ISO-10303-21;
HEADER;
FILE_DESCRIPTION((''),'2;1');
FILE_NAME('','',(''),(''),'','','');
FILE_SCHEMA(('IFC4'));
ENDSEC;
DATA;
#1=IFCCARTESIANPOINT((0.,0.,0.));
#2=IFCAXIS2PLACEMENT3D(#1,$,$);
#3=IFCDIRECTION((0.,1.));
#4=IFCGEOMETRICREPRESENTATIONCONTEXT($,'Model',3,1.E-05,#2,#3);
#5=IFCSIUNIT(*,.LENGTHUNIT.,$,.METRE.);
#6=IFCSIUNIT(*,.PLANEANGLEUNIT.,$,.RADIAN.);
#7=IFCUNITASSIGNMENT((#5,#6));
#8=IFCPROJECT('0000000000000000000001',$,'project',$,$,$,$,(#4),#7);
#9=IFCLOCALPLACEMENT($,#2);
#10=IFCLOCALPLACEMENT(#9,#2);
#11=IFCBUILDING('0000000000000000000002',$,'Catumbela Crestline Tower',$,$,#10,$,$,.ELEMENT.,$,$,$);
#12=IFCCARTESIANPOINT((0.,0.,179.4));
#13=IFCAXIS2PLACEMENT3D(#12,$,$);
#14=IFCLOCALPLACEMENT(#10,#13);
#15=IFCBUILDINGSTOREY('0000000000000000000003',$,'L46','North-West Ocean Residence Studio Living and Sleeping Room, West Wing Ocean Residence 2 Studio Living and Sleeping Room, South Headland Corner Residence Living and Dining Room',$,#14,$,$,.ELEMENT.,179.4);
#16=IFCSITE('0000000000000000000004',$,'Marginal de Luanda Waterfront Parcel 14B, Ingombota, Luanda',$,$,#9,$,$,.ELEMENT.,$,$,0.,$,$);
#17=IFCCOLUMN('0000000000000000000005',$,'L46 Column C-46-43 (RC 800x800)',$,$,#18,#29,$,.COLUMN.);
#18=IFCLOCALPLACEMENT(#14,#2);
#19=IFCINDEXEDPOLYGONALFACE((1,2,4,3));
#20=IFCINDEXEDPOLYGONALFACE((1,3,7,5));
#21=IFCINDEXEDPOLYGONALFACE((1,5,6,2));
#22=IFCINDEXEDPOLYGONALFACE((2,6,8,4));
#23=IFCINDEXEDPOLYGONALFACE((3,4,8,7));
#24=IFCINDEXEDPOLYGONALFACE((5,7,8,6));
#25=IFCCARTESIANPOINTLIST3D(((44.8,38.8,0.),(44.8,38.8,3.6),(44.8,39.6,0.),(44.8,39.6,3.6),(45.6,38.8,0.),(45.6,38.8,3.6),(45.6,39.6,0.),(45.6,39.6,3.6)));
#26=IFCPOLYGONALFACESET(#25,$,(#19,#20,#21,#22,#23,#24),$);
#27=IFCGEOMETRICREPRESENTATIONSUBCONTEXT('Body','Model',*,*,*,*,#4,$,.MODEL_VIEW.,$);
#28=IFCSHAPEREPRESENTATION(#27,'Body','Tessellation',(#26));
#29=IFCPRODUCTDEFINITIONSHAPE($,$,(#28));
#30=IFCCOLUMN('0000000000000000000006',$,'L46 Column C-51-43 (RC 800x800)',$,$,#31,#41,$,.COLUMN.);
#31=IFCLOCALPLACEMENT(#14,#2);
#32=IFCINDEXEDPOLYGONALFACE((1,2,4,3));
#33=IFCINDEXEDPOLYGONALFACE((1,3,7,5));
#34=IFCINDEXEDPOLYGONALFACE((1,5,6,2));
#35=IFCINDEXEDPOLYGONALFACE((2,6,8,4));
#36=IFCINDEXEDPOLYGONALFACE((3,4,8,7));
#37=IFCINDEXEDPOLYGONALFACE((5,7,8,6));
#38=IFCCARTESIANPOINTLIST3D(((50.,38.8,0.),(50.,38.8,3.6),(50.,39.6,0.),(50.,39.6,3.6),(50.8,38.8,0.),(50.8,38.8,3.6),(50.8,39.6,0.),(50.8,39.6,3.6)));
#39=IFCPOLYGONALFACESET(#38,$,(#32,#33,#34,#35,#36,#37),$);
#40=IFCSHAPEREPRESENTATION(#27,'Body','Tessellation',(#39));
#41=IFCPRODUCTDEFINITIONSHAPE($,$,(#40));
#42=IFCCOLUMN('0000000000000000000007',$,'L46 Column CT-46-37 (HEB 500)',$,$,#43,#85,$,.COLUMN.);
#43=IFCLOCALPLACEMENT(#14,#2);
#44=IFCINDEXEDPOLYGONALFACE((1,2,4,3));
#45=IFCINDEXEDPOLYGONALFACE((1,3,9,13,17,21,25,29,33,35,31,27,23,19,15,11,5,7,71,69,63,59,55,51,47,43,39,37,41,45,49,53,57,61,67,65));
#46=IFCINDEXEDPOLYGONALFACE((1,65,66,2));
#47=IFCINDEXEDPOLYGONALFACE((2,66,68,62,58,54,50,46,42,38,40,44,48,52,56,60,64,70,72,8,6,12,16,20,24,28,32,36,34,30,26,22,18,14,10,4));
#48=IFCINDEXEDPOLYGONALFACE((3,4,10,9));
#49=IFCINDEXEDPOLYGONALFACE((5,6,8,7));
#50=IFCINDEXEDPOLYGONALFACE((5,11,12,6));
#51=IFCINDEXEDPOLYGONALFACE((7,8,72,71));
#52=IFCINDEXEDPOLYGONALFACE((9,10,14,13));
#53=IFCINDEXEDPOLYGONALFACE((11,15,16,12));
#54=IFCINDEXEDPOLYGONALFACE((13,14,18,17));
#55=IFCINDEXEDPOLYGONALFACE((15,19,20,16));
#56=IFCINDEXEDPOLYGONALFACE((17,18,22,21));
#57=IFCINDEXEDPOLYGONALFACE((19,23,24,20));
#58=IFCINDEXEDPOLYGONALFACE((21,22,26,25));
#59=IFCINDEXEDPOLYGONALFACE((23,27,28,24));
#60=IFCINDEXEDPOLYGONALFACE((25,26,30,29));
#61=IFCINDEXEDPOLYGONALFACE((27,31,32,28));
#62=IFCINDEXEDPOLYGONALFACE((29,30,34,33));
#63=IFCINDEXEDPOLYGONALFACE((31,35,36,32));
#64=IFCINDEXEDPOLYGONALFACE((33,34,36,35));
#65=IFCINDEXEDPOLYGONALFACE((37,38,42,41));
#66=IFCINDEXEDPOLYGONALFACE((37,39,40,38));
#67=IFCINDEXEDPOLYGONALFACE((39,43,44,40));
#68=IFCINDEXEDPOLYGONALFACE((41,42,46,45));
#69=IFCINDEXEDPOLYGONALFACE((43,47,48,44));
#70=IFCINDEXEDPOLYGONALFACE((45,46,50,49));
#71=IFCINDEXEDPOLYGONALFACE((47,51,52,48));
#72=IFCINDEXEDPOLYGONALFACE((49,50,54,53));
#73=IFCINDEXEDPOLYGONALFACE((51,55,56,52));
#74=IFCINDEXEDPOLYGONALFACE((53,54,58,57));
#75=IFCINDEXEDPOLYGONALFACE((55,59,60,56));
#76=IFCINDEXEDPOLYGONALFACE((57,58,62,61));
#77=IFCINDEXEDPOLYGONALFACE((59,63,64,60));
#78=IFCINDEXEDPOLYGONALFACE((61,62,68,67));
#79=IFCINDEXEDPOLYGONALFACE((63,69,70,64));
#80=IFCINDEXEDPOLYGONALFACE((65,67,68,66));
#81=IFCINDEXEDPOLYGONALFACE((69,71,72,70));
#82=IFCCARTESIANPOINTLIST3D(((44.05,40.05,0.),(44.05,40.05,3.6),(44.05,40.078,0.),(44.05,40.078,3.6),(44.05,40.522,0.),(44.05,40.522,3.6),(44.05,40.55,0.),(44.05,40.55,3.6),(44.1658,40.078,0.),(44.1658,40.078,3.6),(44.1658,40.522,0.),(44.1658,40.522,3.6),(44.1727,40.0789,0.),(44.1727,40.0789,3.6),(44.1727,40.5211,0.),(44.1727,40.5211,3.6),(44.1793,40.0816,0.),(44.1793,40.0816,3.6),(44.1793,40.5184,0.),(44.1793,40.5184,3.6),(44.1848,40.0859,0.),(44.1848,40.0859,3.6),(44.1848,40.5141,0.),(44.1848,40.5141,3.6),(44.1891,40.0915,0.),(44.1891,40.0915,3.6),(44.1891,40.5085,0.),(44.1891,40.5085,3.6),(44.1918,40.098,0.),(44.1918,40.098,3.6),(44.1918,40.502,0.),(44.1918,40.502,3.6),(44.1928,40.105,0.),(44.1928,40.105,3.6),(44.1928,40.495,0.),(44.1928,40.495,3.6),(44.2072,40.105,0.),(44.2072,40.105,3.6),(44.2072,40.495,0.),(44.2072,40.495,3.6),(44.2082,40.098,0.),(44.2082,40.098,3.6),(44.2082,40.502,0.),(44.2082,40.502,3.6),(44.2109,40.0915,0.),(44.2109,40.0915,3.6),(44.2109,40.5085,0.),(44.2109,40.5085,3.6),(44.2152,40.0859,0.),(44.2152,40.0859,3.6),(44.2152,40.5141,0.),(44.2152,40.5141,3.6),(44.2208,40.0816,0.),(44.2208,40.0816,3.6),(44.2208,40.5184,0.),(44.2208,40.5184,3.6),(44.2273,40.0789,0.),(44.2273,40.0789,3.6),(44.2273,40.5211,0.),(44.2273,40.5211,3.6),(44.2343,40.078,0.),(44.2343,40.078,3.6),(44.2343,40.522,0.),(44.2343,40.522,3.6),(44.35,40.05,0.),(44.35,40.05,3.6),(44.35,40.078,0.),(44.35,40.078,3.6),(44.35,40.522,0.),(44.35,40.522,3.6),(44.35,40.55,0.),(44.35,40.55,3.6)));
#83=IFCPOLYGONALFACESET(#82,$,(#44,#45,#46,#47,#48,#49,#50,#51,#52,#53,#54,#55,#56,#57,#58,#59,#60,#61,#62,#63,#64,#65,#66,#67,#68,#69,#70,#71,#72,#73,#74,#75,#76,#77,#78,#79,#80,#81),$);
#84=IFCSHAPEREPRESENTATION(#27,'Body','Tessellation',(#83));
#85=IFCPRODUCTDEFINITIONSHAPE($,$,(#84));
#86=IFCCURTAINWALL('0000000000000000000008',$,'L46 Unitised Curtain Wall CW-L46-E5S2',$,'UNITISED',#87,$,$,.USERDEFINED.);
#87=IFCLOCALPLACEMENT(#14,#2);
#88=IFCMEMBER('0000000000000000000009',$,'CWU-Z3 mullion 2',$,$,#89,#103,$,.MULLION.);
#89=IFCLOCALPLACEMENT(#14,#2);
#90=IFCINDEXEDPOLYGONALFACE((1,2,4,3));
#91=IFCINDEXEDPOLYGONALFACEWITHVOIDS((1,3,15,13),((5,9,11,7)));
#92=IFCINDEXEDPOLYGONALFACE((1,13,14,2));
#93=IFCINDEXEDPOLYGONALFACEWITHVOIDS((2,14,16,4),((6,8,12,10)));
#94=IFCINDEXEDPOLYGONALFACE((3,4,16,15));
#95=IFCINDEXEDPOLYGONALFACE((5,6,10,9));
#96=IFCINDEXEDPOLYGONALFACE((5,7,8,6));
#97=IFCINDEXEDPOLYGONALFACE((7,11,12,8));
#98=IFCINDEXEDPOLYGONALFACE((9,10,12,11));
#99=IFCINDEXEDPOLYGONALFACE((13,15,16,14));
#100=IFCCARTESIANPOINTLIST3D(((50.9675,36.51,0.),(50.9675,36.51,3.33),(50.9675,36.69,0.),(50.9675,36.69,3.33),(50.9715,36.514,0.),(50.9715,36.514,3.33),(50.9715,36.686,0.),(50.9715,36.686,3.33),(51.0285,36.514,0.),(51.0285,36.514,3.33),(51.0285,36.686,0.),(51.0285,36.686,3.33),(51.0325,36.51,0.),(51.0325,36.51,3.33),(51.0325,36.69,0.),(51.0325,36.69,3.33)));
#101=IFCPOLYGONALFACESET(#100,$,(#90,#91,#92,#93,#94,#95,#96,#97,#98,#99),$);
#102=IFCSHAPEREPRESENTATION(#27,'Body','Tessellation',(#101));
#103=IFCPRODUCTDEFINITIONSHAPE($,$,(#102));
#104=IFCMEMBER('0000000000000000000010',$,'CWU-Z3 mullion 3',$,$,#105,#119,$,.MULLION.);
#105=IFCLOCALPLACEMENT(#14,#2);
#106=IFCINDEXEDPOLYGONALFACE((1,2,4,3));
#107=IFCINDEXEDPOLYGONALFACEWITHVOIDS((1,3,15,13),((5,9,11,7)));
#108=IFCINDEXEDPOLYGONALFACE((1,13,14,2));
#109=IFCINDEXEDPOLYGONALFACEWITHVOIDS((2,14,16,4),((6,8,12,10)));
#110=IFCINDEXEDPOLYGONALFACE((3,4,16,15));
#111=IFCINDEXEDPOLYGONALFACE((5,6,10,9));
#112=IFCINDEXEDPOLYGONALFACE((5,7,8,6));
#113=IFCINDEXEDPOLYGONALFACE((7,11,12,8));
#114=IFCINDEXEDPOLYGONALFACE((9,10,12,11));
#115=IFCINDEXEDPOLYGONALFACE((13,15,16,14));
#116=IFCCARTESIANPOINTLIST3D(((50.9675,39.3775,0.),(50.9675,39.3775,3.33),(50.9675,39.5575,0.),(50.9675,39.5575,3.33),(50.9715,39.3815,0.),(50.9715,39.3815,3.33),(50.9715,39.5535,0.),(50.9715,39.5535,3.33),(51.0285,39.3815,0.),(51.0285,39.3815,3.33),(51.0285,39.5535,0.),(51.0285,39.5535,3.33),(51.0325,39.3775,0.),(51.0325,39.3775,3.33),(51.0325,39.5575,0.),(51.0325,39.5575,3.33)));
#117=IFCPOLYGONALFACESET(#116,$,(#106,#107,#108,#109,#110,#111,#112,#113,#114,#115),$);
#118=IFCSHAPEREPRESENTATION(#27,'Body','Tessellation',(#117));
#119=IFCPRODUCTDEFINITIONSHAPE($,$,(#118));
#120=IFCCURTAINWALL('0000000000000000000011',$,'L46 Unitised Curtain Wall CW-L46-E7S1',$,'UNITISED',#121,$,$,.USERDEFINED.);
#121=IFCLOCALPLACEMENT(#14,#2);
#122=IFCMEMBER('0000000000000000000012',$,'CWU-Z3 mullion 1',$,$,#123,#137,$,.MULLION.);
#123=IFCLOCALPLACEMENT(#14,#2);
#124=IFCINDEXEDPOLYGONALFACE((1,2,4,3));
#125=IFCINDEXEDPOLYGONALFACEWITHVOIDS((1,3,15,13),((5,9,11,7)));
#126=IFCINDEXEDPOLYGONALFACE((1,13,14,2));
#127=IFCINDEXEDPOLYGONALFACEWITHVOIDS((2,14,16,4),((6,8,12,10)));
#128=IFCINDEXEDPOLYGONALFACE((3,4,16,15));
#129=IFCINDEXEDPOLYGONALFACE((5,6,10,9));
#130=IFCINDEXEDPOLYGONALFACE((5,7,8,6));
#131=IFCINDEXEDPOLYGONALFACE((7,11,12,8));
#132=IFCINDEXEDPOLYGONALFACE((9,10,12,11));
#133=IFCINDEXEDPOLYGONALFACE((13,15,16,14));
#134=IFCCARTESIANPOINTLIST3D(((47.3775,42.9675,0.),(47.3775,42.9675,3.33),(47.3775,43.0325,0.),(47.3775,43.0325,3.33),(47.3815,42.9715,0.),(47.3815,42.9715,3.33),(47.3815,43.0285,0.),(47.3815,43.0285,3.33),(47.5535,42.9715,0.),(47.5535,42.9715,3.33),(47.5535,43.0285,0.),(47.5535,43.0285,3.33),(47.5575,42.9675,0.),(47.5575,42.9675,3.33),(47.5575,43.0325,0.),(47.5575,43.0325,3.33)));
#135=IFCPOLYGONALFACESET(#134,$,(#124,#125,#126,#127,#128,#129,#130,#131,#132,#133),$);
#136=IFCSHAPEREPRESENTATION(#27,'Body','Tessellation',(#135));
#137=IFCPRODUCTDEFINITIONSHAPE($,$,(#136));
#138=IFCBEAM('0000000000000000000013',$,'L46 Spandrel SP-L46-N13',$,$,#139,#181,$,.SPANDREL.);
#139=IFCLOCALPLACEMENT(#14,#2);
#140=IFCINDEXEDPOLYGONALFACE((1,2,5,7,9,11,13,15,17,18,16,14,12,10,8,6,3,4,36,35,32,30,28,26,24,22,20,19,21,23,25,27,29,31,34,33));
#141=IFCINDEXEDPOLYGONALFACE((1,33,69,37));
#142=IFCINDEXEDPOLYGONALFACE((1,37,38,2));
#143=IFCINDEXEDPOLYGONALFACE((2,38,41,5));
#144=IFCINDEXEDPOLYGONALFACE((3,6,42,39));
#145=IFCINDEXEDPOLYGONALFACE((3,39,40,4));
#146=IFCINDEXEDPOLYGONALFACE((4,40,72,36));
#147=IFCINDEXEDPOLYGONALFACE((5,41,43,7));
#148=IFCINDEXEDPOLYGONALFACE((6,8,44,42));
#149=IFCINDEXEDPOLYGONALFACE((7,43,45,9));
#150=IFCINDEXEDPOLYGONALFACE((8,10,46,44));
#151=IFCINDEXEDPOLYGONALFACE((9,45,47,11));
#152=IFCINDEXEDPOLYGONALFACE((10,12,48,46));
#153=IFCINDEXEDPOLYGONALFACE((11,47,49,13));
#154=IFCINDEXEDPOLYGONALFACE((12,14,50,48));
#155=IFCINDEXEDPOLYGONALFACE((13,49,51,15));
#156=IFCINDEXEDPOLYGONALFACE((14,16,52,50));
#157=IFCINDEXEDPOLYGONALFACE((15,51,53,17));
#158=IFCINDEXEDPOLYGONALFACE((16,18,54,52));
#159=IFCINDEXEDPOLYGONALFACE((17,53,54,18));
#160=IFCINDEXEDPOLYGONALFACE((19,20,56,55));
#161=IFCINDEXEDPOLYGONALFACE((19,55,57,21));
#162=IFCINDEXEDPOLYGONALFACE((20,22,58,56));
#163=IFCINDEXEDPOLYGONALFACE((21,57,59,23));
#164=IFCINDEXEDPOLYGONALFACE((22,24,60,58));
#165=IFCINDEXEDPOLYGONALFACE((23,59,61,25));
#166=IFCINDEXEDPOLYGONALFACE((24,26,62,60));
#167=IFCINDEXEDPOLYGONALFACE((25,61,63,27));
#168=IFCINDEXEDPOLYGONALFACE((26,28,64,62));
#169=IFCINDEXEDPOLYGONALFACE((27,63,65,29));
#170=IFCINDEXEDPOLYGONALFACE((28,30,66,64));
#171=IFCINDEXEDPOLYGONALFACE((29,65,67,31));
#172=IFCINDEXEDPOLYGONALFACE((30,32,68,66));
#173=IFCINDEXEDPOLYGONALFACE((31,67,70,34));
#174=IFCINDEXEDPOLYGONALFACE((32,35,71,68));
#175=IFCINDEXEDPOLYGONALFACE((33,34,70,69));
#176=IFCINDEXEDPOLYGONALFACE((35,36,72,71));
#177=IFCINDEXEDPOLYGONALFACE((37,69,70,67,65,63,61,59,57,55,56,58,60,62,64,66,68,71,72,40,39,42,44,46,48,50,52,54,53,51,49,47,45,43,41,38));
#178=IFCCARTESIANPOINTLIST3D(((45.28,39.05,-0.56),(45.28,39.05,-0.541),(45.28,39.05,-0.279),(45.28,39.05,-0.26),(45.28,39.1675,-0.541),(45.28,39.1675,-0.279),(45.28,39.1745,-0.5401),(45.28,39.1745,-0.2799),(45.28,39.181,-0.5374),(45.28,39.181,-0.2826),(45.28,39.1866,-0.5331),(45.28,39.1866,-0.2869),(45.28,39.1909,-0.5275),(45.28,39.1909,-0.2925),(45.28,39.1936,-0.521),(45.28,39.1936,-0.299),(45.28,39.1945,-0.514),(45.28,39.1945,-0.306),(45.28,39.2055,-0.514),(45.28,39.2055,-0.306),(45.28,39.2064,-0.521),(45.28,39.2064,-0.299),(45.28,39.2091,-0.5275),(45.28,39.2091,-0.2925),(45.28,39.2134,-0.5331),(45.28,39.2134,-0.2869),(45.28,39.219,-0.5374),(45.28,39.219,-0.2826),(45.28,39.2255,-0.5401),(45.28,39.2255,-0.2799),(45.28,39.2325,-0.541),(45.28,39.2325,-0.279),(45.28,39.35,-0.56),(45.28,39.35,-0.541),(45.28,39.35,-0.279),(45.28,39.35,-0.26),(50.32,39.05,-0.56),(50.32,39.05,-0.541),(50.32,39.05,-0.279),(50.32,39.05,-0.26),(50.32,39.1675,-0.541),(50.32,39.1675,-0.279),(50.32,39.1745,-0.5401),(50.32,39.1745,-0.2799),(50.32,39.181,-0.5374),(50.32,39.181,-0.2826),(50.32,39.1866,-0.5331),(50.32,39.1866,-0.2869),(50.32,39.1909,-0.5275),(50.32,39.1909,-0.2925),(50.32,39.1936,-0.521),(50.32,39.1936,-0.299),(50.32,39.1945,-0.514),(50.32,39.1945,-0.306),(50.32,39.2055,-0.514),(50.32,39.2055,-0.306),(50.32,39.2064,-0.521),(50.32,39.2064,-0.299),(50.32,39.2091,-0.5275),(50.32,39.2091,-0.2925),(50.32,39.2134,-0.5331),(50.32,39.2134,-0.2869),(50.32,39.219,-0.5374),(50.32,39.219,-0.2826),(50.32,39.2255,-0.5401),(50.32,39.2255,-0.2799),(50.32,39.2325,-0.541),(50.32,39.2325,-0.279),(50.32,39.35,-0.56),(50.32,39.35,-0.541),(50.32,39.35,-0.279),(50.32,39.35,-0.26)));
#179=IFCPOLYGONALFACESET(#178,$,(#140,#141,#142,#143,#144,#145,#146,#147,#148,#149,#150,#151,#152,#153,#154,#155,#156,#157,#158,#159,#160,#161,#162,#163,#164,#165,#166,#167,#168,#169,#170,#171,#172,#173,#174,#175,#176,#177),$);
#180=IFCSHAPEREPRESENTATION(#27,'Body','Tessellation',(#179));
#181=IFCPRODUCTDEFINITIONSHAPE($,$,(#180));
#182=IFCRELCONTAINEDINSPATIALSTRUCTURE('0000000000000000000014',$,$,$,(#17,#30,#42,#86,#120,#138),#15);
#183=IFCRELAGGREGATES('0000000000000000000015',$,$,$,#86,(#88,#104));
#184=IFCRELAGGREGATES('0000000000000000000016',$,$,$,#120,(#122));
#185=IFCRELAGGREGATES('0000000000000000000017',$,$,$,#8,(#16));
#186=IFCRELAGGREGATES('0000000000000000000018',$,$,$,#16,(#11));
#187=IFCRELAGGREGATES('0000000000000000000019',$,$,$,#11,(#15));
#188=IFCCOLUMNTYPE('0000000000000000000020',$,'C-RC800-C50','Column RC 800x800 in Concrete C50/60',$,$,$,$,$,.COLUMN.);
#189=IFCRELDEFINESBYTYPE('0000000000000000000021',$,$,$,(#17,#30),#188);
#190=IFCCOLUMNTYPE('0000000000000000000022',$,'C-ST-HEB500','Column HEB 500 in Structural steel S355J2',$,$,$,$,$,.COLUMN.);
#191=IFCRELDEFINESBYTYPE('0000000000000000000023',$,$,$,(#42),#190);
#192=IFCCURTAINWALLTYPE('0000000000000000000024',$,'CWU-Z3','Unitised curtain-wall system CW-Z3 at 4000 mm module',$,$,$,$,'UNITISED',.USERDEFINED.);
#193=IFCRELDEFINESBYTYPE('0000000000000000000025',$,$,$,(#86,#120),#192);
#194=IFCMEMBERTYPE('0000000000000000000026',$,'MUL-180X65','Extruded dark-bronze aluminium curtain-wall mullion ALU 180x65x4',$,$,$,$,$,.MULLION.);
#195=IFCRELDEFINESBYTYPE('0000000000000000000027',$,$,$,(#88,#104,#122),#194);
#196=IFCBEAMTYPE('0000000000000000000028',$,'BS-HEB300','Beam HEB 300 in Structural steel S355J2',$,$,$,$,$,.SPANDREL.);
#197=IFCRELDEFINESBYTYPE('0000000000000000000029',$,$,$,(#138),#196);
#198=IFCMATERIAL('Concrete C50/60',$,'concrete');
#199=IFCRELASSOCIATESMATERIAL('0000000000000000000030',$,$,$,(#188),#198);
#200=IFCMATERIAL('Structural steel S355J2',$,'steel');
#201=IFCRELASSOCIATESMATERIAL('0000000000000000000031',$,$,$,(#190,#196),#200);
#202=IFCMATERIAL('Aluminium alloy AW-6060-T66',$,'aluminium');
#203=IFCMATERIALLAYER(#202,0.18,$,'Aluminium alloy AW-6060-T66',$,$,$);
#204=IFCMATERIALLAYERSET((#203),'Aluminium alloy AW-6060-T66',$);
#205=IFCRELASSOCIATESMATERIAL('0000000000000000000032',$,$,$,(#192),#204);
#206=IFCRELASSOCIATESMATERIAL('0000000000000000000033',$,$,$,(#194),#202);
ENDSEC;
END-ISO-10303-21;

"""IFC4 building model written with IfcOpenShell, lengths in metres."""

from ifc_helpers import new_model, si_unit, direction, frame, origin, origin_2d, place, context, subcontext, project, spatial, rectangle, hollow_rectangle, i_section, extrude, material, layer, layer_set, material_profile, profile_set, type_object, element, aggregate, save


model = new_model("IFC4")

# Units and contexts
model_context = context("Model", 3, precision=1e-05, world=origin(), true_north=direction((0.0, 1.0)))
body_context = subcontext(model_context, "Body", "Model", "MODEL_VIEW")
ifc_project = project(units=[si_unit("LENGTHUNIT", "METRE"), si_unit("PLANEANGLEUNIT", "RADIAN")], contexts=[model_context])

# Site, building, storey
site_placement = place(None, origin())
site = spatial("IfcSite", under=ifc_project, at=site_placement, Name="Marginal de Luanda Waterfront Parcel 14B, Ingombota, Luanda", CompositionType="ELEMENT", RefElevation=0.0)
building_placement = place(site_placement, origin())
building = spatial("IfcBuilding", under=site, at=building_placement, Name="Catumbela Crestline Tower", CompositionType="ELEMENT")
storey_placement = place(building_placement, frame((0.0, 0.0, 179.4)))
storey = spatial("IfcBuildingStorey", under=building, at=storey_placement, Name="L46", Description="North-West Ocean Residence Studio Living and Sleeping Room, West Wing Ocean Residence 2 Studio Living and Sleeping Room, South Headland Corner Residence Living and Dining Room", CompositionType="ELEMENT", Elevation=179.4)

# Columns
ifc_material_1 = material(Name="Concrete C50/60", Category="concrete")
ifc_material_profile_1 = material_profile(ifc_material_1, rectangle(XDim=0.8, YDim=0.8, at=origin_2d()), Name="RC 800x800")
ifc_profile_set_1 = profile_set([ifc_material_profile_1], Name="Concrete C50/60")
column_type_1 = type_object("IfcColumnType", Name="C-RC800-C50", Description="Column RC 800x800 in Concrete C50/60", PredefinedType="COLUMN", material=ifc_profile_set_1)
for number, where, z_axis, x_axis, name in (
    (1, (45.2, 39.2, 0.0), (0.0, 0.0, 1.0), (1.0, 0.0, 0.0), "L46 Column C-46-43 (RC 800x800)"),
    (2, (50.4, 39.2, 0.0), (0.0, 0.0, 1.0), (1.0, 0.0, 0.0), "L46 Column C-51-43 (RC 800x800)"),
):
    element("IfcColumn", number, at=place(storey_placement, frame(where, z_axis=z_axis, x_axis=x_axis)), inside=storey, type_object=column_type_1, Name=name, PredefinedType="COLUMN", context=body_context, shape_type="SweptSolid", body=[
        extrude(rectangle(XDim=0.8, YDim=0.8, at=origin_2d()), origin(), (0.0, 0.0, 1.0), 3.6),
    ])
ifc_material_2 = material(Name="Structural steel S355J2", Category="steel")
ifc_material_profile_2 = material_profile(ifc_material_2, i_section(OverallWidth=0.3, OverallDepth=0.5, WebThickness=0.0145, FlangeThickness=0.028, FilletRadius=0.027, at=origin_2d()), Name="HEB 500")
ifc_profile_set_2 = profile_set([ifc_material_profile_2], Name="Structural steel S355J2")
column_type_2 = type_object("IfcColumnType", Name="C-ST-HEB500", Description="Column HEB 500 in Structural steel S355J2", PredefinedType="COLUMN", material=ifc_profile_set_2)
column_placement = place(storey_placement, frame((44.2, 40.3, 0.0), z_axis=(0.0, 0.0, 1.0), x_axis=(1.0, 0.0, 0.0)))
element("IfcColumn", 3, at=column_placement, inside=storey, type_object=column_type_2, Name="L46 Column CT-46-37 (HEB 500)", PredefinedType="COLUMN", context=body_context, shape_type="SweptSolid", body=[
    extrude(i_section(OverallWidth=0.3, OverallDepth=0.5, WebThickness=0.0145, FlangeThickness=0.028, FilletRadius=0.027, at=origin_2d()), origin(), (0.0, 0.0, 1.0), 3.6),
])

# Curtain wall, members
ifc_material_3 = material(Name="Aluminium alloy AW-6060-T66", Category="aluminium")
ifc_layer_1 = layer(ifc_material_3, 0.18, Name="Aluminium alloy AW-6060-T66")
ifc_layer_set_1 = layer_set([ifc_layer_1], Name="Aluminium alloy AW-6060-T66")
curtain_wall_type = type_object("IfcCurtainWallType", Name="CWU-Z3", Description="Unitised curtain-wall system CW-Z3 at 4000 mm module", ElementType="UNITISED", PredefinedType="USERDEFINED", material=ifc_layer_set_1)
curtain_wall_1_placement = place(storey_placement, origin())
curtain_wall_1 = element("IfcCurtainWall", 4, at=curtain_wall_1_placement, inside=storey, type_object=curtain_wall_type, Name="L46 Unitised Curtain Wall CW-L46-E5S2", ObjectType="UNITISED", PredefinedType="USERDEFINED")
ifc_material_profile_3 = material_profile(ifc_material_3, hollow_rectangle(XDim=0.065, YDim=0.18, WallThickness=0.004, at=origin_2d()), Name="ALU 180x65x4")
ifc_profile_set_3 = profile_set([ifc_material_profile_3], Name="Aluminium alloy AW-6060-T66")
member_type_1 = type_object("IfcMemberType", Name="MUL-180X65", Description="Extruded dark-bronze aluminium curtain-wall mullion ALU 180x65x4", PredefinedType="MULLION", material=ifc_profile_set_3)
member_1_placement = place(storey_placement, frame((51.0, 36.6, 0.0), z_axis=(0.0, 0.0, 1.0), x_axis=(-1.0, 0.0, 0.0)))
member_1 = element("IfcMember", 5, at=member_1_placement, type_object=member_type_1, Name="CWU-Z3 mullion 2", PredefinedType="MULLION", context=body_context, shape_type="SweptSolid", body=[
    extrude(hollow_rectangle(XDim=0.065, YDim=0.18, WallThickness=0.004, at=origin_2d()), origin(), (0.0, 0.0, 1.0), 3.33),
])
member_2_placement = place(storey_placement, frame((51.0, 39.4675, 0.0), z_axis=(0.0, 0.0, 1.0), x_axis=(-1.0, 0.0, 0.0)))
member_2 = element("IfcMember", 6, at=member_2_placement, type_object=member_type_1, Name="CWU-Z3 mullion 3", PredefinedType="MULLION", context=body_context, shape_type="SweptSolid", body=[
    extrude(hollow_rectangle(XDim=0.065, YDim=0.18, WallThickness=0.004, at=origin_2d()), origin(), (0.0, 0.0, 1.0), 3.33),
])

# Curtain wall, member
curtain_wall_2_placement = place(storey_placement, origin())
curtain_wall_2 = element("IfcCurtainWall", 7, at=curtain_wall_2_placement, inside=storey, type_object=curtain_wall_type, Name="L46 Unitised Curtain Wall CW-L46-E7S1", ObjectType="UNITISED", PredefinedType="USERDEFINED")
member_3_placement = place(storey_placement, frame((47.4675, 43.0, 0.0), z_axis=(0.0, 0.0, 1.0), x_axis=(0.0, -1.0, 0.0)))
member_3 = element("IfcMember", 8, at=member_3_placement, type_object=member_type_1, Name="CWU-Z3 mullion 1", PredefinedType="MULLION", context=body_context, shape_type="SweptSolid", body=[
    extrude(hollow_rectangle(XDim=0.065, YDim=0.18, WallThickness=0.004, at=origin_2d()), origin(), (0.0, 0.0, 1.0), 3.33),
])

# Beam
ifc_material_profile_4 = material_profile(ifc_material_2, i_section(OverallWidth=0.3, OverallDepth=0.3, WebThickness=0.011, FlangeThickness=0.019, FilletRadius=0.027, at=origin_2d()), Name="HEB 300")
ifc_profile_set_4 = profile_set([ifc_material_profile_4], Name="Structural steel S355J2")
beam_type = type_object("IfcBeamType", Name="BS-HEB300", Description="Beam HEB 300 in Structural steel S355J2", PredefinedType="SPANDREL", material=ifc_profile_set_4)
beam_1_placement = place(storey_placement, frame((45.28, 39.2, -0.41), z_axis=(1.0, 0.0, 0.0), x_axis=(0.0, 1.0, 0.0)))
element("IfcBeam", 9, at=beam_1_placement, inside=storey, type_object=beam_type, Name="L46 Spandrel SP-L46-N13", PredefinedType="SPANDREL", context=body_context, shape_type="SweptSolid", body=[
    extrude(i_section(OverallWidth=0.3, OverallDepth=0.3, WebThickness=0.011, FlangeThickness=0.019, FilletRadius=0.027, at=origin_2d()), origin(), (0.0, 0.0, 1.0), 5.04),
])

aggregate(curtain_wall_1, [member_1, member_2])
aggregate(curtain_wall_2, [member_3])

save(model, "model.ifc")
